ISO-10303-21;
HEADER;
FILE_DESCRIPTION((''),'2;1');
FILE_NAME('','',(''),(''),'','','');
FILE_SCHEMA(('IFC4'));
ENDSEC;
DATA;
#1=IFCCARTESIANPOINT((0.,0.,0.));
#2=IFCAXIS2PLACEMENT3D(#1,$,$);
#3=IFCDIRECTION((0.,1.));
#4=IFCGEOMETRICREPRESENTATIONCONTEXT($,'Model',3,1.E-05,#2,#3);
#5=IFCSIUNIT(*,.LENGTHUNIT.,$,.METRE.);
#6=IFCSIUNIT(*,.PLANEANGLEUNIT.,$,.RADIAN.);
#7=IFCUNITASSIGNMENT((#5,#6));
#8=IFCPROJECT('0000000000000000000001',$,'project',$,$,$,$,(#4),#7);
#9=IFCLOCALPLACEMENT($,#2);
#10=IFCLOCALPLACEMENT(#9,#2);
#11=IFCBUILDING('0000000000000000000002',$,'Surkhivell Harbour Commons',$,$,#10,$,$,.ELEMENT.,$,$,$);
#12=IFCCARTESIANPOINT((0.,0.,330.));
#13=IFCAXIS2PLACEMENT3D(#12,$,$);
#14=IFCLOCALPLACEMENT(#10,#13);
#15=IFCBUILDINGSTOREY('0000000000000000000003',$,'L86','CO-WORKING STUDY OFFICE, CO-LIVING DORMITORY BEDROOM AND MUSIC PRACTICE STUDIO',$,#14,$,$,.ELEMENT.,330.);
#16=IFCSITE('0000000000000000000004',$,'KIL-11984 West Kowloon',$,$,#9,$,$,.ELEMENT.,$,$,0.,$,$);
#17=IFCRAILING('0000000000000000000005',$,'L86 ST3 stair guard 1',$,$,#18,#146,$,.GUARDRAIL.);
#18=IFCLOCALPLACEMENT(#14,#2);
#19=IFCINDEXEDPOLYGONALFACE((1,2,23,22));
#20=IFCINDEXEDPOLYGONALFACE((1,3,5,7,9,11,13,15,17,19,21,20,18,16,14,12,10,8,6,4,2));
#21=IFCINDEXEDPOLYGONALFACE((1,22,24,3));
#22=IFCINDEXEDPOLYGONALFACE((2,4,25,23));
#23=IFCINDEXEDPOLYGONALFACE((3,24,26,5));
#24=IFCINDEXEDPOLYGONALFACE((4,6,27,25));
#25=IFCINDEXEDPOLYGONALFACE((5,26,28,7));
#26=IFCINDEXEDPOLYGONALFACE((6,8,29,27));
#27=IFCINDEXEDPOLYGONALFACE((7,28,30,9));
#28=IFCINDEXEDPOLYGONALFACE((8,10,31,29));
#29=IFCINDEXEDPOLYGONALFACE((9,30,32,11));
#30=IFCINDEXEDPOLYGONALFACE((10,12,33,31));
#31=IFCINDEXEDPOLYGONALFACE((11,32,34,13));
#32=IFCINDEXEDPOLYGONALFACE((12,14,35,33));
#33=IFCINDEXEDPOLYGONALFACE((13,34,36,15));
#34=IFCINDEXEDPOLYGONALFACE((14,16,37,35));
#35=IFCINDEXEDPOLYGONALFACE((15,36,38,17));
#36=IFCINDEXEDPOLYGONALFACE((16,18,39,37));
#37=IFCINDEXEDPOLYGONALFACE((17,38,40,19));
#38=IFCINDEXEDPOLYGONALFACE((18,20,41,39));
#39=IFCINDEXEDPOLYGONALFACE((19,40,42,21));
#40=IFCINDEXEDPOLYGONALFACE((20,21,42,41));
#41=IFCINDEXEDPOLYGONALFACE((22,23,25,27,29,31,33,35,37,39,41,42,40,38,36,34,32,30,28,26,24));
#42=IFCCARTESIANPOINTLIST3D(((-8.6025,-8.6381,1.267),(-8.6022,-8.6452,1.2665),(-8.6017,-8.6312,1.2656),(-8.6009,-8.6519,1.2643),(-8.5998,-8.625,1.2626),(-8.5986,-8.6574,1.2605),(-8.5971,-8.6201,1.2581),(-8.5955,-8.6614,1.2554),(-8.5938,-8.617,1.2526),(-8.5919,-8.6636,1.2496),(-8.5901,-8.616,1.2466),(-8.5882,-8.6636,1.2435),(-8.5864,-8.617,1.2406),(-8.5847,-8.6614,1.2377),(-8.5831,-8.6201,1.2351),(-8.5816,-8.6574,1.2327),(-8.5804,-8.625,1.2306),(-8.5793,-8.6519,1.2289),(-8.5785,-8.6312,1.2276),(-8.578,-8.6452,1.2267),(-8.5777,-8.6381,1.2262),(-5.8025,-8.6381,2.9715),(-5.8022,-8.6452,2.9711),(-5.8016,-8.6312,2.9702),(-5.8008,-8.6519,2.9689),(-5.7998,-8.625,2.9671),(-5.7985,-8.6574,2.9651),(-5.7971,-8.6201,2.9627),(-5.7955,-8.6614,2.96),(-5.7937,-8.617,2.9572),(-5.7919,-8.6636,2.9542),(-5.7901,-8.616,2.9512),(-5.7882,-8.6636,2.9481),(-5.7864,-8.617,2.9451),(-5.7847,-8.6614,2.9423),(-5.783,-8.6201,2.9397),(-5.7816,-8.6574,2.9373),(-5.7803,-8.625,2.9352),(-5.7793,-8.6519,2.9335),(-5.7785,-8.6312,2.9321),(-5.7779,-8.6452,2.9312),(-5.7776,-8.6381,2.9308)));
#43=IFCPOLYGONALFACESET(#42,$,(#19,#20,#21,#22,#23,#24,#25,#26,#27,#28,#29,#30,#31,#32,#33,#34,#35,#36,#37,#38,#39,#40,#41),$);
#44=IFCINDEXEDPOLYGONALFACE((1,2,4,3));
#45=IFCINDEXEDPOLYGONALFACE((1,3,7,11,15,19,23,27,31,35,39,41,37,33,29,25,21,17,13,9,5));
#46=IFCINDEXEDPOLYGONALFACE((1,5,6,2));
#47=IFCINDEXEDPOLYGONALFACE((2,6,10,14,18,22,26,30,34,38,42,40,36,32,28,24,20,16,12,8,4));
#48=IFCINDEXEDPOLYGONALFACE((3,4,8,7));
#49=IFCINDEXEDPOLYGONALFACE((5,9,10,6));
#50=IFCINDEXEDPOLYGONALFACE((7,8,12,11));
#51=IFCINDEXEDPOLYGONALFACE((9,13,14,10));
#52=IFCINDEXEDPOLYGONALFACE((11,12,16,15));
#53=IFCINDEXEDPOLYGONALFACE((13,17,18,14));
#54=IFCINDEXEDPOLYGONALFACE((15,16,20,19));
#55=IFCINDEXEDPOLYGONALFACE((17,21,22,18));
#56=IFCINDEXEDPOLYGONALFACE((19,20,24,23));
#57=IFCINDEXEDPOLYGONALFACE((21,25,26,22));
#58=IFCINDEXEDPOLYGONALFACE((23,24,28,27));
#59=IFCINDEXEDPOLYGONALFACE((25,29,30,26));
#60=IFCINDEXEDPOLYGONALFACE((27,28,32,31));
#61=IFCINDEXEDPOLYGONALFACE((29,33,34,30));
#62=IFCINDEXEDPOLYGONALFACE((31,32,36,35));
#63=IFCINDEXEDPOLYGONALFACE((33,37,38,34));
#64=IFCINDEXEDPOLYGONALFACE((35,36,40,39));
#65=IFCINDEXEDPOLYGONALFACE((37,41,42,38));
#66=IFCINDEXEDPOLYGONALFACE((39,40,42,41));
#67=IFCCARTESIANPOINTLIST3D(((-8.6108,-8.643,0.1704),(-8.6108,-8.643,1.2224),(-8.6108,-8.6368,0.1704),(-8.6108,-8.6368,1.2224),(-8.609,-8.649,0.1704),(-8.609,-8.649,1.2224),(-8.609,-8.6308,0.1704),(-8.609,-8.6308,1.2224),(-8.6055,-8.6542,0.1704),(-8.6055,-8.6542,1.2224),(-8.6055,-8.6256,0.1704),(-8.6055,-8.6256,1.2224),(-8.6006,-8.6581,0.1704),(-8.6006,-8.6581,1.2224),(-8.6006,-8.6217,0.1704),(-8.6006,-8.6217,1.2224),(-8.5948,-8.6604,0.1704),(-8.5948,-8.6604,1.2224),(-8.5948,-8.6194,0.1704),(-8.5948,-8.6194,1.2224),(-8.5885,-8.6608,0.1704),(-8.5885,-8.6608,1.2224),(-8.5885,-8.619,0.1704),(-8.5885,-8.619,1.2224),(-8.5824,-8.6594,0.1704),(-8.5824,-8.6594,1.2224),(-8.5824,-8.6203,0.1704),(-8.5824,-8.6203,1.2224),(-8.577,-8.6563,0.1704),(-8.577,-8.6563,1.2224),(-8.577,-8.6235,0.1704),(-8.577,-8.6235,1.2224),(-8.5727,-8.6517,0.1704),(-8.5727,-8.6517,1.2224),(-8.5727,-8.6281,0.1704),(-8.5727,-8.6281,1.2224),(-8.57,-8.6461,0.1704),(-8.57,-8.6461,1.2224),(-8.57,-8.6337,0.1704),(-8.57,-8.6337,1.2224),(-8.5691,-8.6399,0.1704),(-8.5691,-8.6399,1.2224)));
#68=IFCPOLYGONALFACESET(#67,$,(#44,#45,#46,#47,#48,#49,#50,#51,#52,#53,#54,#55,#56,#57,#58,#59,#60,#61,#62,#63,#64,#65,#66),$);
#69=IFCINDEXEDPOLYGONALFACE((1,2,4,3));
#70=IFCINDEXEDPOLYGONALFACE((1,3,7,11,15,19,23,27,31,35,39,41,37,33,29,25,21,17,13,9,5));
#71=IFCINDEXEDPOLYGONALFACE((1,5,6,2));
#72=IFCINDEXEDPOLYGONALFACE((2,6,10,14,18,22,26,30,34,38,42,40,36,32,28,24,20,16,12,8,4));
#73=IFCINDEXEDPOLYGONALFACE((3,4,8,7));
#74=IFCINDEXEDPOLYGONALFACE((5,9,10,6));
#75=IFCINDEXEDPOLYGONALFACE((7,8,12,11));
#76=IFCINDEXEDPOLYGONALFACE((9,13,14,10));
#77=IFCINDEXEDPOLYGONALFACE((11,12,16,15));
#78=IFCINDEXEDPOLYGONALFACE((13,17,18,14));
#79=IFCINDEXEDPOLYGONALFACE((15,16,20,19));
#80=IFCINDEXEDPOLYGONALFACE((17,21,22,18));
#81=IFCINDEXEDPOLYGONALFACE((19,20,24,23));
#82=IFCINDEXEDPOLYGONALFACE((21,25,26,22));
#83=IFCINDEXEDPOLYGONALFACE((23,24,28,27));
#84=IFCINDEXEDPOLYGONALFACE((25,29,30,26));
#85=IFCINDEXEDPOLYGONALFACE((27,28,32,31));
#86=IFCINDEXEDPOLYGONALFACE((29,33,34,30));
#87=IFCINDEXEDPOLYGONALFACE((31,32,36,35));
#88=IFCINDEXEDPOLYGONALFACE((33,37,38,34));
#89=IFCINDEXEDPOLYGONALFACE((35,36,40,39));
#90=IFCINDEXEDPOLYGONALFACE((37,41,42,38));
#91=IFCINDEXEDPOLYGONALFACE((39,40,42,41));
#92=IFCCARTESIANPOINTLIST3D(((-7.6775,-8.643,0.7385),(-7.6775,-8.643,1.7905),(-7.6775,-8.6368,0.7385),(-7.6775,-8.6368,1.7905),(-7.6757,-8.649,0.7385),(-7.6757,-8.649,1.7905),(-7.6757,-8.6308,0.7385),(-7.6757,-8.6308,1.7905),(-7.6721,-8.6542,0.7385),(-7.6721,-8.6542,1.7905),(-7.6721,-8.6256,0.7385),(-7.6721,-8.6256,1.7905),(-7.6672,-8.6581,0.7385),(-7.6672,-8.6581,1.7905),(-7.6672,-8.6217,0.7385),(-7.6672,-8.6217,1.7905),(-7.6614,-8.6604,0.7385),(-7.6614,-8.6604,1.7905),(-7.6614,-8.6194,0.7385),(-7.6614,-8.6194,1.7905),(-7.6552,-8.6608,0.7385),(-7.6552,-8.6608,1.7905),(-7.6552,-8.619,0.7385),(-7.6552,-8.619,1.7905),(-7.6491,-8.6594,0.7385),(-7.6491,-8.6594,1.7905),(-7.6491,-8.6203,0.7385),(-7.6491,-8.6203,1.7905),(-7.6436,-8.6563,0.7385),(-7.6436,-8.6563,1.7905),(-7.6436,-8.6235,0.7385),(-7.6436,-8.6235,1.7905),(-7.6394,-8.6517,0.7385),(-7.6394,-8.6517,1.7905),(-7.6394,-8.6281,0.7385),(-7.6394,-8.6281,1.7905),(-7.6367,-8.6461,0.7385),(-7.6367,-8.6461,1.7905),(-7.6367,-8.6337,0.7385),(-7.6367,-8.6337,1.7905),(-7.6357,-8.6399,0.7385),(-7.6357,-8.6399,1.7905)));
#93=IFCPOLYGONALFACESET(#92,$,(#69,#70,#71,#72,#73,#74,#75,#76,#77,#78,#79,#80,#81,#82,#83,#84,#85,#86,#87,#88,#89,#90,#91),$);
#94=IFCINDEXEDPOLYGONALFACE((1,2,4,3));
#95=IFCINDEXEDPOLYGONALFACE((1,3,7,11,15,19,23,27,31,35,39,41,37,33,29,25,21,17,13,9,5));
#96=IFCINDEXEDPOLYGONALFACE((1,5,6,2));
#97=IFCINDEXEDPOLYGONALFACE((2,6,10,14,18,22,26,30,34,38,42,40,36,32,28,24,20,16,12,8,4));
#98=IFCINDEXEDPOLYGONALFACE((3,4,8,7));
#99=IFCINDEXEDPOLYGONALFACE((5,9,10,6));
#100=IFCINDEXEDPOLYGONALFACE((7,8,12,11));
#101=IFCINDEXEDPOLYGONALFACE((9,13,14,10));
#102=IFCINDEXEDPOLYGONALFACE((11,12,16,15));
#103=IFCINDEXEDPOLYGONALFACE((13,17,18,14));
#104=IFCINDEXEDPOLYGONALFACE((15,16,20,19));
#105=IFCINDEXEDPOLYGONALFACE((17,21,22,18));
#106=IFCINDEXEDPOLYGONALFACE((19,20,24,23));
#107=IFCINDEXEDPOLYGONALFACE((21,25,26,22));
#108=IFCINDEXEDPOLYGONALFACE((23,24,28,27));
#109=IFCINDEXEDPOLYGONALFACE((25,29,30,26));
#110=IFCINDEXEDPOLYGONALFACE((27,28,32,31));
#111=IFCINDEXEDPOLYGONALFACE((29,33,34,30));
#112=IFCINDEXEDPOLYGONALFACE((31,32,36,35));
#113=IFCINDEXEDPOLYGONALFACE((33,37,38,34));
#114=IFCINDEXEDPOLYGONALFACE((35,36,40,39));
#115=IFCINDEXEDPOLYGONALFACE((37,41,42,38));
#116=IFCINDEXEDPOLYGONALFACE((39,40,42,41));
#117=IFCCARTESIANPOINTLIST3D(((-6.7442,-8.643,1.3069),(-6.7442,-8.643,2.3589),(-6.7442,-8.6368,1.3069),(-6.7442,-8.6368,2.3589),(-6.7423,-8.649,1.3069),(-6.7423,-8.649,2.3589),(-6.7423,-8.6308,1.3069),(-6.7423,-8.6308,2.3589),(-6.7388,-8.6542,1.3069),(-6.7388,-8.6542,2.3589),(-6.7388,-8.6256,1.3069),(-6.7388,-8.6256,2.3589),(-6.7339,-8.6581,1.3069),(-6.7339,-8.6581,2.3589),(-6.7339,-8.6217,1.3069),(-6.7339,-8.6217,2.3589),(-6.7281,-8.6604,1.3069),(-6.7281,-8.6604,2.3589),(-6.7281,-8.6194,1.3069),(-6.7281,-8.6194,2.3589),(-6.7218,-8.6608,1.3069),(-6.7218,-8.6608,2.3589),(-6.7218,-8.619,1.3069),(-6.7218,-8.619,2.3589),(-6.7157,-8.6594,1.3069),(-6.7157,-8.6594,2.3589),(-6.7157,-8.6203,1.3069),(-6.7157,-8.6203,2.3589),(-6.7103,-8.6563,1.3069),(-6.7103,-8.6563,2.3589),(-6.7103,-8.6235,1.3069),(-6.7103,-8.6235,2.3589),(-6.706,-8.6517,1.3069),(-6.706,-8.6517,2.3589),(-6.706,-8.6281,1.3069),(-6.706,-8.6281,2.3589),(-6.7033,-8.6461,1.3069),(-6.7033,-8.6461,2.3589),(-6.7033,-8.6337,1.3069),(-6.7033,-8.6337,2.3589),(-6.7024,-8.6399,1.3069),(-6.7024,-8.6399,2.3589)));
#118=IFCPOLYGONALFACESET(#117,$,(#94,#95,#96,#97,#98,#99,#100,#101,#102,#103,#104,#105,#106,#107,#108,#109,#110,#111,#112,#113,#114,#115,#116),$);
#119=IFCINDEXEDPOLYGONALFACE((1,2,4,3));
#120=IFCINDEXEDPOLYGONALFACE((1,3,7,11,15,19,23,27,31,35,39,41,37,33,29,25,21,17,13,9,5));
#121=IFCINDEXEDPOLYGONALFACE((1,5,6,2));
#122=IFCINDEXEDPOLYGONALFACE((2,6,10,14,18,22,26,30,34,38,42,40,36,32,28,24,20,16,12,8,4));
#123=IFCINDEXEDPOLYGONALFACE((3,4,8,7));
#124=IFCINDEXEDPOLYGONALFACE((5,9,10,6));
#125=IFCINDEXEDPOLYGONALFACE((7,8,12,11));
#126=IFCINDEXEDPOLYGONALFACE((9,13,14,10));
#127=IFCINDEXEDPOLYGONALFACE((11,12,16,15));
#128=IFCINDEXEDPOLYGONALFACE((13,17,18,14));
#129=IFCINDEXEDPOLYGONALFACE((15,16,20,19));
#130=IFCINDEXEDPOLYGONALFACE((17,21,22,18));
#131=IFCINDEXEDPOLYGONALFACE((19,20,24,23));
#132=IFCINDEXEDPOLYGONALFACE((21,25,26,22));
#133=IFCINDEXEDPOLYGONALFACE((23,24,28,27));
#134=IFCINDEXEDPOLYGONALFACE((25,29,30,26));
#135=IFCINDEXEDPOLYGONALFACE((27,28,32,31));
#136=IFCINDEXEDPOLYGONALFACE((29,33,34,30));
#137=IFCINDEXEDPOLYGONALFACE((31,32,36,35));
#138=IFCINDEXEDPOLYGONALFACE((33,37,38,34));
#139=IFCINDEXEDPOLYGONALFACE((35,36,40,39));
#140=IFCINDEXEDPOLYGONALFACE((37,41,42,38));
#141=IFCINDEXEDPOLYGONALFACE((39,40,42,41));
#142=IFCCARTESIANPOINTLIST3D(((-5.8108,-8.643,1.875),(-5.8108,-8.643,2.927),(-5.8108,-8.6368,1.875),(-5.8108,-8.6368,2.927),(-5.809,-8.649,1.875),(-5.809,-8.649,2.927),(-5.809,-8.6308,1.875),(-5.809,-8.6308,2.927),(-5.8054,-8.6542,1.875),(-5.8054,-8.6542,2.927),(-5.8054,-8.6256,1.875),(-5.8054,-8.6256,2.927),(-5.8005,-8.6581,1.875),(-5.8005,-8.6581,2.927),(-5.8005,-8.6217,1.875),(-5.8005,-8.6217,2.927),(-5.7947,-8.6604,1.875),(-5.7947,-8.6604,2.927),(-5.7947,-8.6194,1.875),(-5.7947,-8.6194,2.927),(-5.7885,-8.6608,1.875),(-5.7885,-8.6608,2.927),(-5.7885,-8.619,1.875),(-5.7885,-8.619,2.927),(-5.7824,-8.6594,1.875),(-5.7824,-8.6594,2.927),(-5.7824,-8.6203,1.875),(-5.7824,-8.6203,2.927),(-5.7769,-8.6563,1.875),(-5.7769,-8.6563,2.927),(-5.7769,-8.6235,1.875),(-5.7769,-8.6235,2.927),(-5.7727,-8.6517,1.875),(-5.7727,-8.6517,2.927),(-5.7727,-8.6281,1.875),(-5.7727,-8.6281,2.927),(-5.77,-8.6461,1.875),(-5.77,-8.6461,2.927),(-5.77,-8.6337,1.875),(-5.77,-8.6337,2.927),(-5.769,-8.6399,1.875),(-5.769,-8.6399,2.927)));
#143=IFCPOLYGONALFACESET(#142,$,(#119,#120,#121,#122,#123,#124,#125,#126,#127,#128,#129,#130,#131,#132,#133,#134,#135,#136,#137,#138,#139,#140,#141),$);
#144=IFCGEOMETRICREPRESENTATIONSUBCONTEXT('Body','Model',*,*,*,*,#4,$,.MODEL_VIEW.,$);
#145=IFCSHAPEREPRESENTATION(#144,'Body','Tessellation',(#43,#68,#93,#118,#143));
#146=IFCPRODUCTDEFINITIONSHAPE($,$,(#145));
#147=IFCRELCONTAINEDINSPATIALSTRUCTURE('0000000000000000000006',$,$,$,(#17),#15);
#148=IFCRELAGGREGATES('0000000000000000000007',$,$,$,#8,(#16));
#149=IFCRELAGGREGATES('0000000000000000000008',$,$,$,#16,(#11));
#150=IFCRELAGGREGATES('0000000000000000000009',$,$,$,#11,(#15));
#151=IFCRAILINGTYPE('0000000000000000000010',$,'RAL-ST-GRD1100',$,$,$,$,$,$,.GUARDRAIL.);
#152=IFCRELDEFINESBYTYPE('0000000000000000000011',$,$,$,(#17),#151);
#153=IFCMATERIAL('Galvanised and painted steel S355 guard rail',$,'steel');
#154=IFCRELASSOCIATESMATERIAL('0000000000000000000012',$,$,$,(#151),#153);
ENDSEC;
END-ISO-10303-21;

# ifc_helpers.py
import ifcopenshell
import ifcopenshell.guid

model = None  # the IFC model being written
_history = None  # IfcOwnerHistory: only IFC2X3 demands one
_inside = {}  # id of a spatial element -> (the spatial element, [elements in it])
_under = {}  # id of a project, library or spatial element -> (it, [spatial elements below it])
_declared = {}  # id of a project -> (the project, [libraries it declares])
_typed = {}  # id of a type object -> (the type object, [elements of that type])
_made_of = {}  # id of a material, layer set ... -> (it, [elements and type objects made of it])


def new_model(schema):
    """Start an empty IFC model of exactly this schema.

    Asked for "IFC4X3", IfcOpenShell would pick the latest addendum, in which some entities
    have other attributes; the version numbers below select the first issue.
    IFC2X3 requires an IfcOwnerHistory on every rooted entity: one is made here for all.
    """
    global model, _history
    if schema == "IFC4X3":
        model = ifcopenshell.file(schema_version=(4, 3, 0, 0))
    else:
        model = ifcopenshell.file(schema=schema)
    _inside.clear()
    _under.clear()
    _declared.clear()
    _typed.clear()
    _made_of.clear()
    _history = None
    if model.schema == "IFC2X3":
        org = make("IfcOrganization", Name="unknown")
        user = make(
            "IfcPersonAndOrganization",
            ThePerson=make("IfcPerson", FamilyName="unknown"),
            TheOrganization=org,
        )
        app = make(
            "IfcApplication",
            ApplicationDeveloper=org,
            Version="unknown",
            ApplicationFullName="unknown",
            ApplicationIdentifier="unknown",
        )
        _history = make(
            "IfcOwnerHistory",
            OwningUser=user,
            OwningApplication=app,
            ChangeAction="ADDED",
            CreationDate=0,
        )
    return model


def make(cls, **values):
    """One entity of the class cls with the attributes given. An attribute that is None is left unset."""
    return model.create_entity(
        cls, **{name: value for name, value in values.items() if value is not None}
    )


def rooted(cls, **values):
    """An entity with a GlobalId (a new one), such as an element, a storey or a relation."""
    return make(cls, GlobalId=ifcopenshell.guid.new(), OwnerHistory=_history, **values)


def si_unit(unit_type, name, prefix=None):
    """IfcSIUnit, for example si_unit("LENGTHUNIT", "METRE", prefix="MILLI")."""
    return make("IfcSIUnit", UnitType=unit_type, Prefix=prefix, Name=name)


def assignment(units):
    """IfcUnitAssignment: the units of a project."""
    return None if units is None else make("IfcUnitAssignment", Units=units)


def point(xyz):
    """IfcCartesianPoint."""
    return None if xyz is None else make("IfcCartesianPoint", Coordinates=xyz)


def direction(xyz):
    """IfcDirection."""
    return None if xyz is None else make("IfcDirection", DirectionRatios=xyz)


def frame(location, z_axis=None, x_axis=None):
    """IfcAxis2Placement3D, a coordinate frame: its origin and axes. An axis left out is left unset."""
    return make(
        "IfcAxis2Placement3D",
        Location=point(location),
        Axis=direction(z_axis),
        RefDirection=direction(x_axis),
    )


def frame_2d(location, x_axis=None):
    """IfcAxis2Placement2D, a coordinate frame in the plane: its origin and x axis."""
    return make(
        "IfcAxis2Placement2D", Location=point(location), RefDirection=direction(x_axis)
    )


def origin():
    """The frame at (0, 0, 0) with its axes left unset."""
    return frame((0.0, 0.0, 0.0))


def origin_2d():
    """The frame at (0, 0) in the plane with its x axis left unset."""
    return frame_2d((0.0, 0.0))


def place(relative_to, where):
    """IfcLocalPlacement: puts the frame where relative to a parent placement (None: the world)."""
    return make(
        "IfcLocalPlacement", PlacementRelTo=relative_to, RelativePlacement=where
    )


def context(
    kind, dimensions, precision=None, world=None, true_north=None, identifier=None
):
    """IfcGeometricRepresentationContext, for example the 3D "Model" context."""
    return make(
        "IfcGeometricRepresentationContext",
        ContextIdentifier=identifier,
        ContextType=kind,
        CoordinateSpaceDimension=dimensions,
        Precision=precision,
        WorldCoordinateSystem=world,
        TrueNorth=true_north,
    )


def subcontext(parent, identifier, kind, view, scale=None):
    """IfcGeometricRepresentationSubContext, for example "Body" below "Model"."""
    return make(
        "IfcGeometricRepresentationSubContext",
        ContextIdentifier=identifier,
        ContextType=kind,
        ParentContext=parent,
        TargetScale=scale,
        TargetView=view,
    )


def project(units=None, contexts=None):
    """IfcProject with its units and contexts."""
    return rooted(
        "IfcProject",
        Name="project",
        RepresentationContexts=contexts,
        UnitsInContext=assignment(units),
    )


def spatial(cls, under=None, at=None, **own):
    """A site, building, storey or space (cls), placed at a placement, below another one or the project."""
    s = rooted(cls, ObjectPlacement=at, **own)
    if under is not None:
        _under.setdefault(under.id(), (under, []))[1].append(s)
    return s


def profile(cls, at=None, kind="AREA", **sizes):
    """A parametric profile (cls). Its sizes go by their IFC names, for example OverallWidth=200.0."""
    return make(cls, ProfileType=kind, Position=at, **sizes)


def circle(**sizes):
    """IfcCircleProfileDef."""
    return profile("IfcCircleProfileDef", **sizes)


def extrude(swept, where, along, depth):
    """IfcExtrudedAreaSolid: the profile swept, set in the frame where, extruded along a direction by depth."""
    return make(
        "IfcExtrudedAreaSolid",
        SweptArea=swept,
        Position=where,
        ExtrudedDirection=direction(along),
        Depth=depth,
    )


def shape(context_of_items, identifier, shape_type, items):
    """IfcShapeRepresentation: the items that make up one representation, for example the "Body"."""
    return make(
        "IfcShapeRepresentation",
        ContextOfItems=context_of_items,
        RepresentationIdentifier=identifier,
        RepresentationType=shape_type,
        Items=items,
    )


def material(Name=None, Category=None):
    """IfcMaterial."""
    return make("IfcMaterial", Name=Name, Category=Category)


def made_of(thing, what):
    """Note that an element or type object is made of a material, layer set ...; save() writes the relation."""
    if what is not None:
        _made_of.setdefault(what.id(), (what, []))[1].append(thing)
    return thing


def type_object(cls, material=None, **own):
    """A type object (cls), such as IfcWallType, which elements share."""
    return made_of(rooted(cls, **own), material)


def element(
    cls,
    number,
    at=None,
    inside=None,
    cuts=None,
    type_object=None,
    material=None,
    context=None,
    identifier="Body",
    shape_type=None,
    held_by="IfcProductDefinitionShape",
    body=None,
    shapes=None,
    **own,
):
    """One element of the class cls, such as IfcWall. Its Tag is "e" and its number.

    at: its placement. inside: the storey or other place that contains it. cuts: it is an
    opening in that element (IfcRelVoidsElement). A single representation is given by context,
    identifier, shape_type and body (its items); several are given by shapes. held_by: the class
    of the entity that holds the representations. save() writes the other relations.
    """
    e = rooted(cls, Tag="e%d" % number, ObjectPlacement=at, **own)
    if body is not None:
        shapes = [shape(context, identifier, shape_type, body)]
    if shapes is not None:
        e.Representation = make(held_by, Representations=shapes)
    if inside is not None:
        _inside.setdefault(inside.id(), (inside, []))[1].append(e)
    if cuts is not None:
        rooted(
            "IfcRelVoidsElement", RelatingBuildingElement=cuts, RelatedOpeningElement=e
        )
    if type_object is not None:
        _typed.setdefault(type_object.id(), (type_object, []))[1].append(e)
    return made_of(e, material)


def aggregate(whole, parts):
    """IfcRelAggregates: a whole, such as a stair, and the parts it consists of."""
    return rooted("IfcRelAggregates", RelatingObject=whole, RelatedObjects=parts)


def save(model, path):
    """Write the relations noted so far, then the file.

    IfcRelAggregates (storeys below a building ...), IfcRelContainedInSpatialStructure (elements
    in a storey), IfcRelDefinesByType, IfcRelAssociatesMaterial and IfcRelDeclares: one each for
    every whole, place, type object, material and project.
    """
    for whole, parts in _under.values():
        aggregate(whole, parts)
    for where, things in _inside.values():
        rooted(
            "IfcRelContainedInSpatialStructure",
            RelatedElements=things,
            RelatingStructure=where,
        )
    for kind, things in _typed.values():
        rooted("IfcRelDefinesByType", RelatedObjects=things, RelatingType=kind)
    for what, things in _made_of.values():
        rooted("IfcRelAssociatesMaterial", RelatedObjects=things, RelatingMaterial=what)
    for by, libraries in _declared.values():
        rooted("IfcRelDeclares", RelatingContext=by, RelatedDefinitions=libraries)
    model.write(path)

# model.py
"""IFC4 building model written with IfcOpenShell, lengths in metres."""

from ifc_helpers import new_model, si_unit, direction, frame, origin, origin_2d, place, context, subcontext, project, spatial, circle, extrude, material, type_object, element, save


model = new_model("IFC4")

# Units and contexts
model_context = context("Model", 3, precision=1e-05, world=origin(), true_north=direction((0.0, 1.0)))
body_context = subcontext(model_context, "Body", "Model", "MODEL_VIEW")
ifc_project = project(units=[si_unit("LENGTHUNIT", "METRE"), si_unit("PLANEANGLEUNIT", "RADIAN")], contexts=[model_context])

# Site, building, storey
site_placement = place(None, origin())
site = spatial("IfcSite", under=ifc_project, at=site_placement, Name="KIL-11984 West Kowloon", CompositionType="ELEMENT", RefElevation=0.0)
building_placement = place(site_placement, origin())
building = spatial("IfcBuilding", under=site, at=building_placement, Name="Surkhivell Harbour Commons", CompositionType="ELEMENT")
storey_placement = place(building_placement, frame((0.0, 0.0, 330.0)))
storey = spatial("IfcBuildingStorey", under=building, at=storey_placement, Name="L86", Description="CO-WORKING STUDY OFFICE, CO-LIVING DORMITORY BEDROOM AND MUSIC PRACTICE STUDIO", CompositionType="ELEMENT", Elevation=330.0)

# Railing
ifc_material_1 = material(Name="Galvanised and painted steel S355 guard rail", Category="steel")
railing_type_1 = type_object("IfcRailingType", Name="RAL-ST-GRD1100", PredefinedType="GUARDRAIL", material=ifc_material_1)
railing_1_placement = place(storey_placement, frame((-8.5901, -8.6399, 0.1704)))
element("IfcRailing", 1, at=railing_1_placement, inside=storey, type_object=railing_type_1, Name="L86 ST3 stair guard 1", PredefinedType="GUARDRAIL", context=body_context, shape_type="SweptSolid", body=[
    extrude(circle(Radius=0.0239, at=origin_2d()), frame((0.0, 0.0, 1.0762), z_axis=(0.85417, 0.0, 0.519994), x_axis=(0.0, 1.0, 0.0)), (0.0, 0.0, 1.0), 3.2781),
    extrude(circle(Radius=0.021, at=origin_2d()), origin(), (0.0, 0.0, 1.0), 1.052),
    extrude(circle(Radius=0.021, at=origin_2d()), frame((0.9333, 0.0, 0.5681)), (0.0, 0.0, 1.0), 1.052),
    extrude(circle(Radius=0.021, at=origin_2d()), frame((1.8667, 0.0, 1.1365)), (0.0, 0.0, 1.0), 1.052),
    extrude(circle(Radius=0.021, at=origin_2d()), frame((2.8, 0.0, 1.7046)), (0.0, 0.0, 1.0), 1.052),
])

save(model, "model.ifc")
